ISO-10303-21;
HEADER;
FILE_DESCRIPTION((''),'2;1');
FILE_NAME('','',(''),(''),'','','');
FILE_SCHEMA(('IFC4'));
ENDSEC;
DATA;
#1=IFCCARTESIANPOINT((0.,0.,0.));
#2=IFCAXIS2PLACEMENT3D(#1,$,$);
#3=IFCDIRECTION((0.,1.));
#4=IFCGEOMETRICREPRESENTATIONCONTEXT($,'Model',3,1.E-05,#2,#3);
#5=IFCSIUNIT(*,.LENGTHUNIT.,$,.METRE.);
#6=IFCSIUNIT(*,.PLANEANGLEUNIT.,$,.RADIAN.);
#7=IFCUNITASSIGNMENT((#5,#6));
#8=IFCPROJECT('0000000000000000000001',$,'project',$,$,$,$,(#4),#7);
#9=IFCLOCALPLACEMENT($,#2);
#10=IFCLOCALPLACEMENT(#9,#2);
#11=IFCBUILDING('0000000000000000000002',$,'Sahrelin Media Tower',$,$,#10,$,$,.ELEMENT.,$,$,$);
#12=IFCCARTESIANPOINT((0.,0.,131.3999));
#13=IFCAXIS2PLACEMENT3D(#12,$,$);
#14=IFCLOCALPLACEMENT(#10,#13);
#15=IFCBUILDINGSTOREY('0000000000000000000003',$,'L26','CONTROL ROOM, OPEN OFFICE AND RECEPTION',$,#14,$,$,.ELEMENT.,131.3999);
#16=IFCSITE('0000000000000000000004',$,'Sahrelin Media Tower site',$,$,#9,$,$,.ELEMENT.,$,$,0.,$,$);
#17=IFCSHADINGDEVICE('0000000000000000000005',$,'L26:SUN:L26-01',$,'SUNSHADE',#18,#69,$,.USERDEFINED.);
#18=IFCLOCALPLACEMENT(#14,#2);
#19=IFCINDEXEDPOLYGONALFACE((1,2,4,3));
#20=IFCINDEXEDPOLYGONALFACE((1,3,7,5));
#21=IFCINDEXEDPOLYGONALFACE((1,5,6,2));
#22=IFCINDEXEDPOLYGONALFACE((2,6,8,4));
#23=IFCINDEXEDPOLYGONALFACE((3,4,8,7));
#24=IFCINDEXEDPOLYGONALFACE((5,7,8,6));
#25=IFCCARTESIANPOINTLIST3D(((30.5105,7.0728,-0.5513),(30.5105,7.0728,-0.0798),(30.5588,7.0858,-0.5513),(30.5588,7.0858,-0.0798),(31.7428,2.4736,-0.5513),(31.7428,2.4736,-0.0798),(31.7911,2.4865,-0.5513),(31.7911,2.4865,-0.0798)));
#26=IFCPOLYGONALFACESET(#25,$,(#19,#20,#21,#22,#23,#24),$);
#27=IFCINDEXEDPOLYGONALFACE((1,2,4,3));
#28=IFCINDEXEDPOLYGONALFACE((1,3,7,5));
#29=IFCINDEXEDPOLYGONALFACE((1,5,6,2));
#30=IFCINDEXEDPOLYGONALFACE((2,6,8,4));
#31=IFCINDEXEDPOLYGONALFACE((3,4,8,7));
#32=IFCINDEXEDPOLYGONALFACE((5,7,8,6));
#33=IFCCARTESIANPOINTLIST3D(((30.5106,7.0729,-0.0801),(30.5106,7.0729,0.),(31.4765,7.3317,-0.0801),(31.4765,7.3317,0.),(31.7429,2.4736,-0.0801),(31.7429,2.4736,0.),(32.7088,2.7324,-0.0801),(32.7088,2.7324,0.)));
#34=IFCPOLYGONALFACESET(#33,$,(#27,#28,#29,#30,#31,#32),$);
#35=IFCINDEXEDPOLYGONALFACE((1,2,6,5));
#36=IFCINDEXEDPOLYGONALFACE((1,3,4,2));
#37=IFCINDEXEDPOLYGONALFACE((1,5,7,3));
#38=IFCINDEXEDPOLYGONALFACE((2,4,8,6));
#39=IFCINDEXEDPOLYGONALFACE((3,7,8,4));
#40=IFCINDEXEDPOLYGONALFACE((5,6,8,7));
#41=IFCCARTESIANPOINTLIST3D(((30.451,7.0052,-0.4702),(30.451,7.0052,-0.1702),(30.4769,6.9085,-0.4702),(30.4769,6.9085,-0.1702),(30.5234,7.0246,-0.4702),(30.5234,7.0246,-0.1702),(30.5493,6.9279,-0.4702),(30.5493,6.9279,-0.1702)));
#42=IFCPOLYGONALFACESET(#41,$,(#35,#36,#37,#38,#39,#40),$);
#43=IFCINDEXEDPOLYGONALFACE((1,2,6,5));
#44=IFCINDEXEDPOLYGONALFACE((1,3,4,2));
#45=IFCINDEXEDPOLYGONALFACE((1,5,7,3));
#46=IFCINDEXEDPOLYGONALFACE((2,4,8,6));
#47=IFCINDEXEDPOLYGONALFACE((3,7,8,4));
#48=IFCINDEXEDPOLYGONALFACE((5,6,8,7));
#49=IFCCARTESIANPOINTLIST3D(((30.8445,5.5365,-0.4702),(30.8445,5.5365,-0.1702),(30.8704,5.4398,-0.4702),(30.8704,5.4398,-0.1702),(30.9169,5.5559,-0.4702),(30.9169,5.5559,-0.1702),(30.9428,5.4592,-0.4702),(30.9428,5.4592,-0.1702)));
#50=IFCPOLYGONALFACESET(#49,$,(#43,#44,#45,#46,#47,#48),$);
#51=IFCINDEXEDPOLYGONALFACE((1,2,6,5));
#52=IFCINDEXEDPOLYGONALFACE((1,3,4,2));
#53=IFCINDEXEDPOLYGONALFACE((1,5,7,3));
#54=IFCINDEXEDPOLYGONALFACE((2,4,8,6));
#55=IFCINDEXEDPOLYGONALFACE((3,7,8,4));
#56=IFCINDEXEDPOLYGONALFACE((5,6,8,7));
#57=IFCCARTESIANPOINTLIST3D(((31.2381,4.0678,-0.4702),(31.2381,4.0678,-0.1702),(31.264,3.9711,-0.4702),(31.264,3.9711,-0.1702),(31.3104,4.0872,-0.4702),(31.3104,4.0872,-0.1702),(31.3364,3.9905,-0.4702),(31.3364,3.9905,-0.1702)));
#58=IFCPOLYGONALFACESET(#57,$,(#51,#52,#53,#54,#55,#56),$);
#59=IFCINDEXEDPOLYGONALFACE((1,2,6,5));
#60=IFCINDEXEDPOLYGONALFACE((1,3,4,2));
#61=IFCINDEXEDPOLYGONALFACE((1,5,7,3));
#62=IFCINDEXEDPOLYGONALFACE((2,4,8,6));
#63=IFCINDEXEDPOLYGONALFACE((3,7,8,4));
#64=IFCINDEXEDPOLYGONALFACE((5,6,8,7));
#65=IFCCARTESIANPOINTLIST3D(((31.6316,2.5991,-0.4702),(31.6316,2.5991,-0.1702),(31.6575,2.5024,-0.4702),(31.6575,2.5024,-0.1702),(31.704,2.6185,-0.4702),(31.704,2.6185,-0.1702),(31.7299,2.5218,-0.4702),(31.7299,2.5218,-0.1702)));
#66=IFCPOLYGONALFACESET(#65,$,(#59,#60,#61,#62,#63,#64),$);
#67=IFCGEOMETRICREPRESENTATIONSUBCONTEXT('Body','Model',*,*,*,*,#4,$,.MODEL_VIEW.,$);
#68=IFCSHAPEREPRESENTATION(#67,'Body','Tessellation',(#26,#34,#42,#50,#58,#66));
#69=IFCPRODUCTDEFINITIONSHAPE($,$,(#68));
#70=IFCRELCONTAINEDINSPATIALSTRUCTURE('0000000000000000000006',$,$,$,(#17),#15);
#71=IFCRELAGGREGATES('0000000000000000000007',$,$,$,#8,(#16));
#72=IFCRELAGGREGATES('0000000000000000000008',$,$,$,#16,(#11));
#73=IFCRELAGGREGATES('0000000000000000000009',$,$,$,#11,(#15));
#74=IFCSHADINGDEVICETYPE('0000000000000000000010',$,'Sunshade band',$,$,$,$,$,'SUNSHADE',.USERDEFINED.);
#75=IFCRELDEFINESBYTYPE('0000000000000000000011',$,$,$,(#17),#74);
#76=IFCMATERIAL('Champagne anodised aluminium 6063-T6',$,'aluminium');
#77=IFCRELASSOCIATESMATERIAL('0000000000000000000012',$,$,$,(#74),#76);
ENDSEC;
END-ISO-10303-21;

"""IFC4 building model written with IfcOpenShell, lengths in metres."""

from ifc_helpers import new_model, si_unit, direction, frame, origin, origin_2d, place, context, subcontext, project, spatial, rectangle, extrude, material, type_object, element, save


model = new_model("IFC4")

# Units and contexts
model_context = context("Model", 3, precision=1e-05, world=origin(), true_north=direction((0.0, 1.0)))
body_context = subcontext(model_context, "Body", "Model", "MODEL_VIEW")
ifc_project = project(units=[si_unit("LENGTHUNIT", "METRE"), si_unit("PLANEANGLEUNIT", "RADIAN")], contexts=[model_context])

# Site, building, storey
site_placement = place(None, origin())
site = spatial("IfcSite", under=ifc_project, at=site_placement, Name="Sahrelin Media Tower site", CompositionType="ELEMENT", RefElevation=0.0)
building_placement = place(site_placement, origin())
building = spatial("IfcBuilding", under=site, at=building_placement, Name="Sahrelin Media Tower", CompositionType="ELEMENT")
storey_placement = place(building_placement, frame((0.0, 0.0, 131.3999)))
storey = spatial("IfcBuildingStorey", under=building, at=storey_placement, Name="L26", Description="CONTROL ROOM, OPEN OFFICE AND RECEPTION", CompositionType="ELEMENT", Elevation=131.3999)

# Shared definitions
ifc_material_1 = material(Name="Champagne anodised aluminium 6063-T6", Category="aluminium")

# Shading device
placement_1 = place(storey_placement, frame((31.1074, 4.7681, 0.0), z_axis=(0.0, 0.0, 1.0), x_axis=(0.258808, -0.965929, 0.0)))
shading_device_type_1 = type_object("IfcShadingDeviceType", Name="Sunshade band", ElementType="SUNSHADE", PredefinedType="USERDEFINED", material=ifc_material_1)
element("IfcShadingDevice", 1, at=placement_1, inside=storey, type_object=shading_device_type_1, Name="L26:SUN:L26-01", ObjectType="SUNSHADE", PredefinedType="USERDEFINED", context=body_context, shape_type="SweptSolid", body=[
    extrude(rectangle(XDim=4.7615, YDim=0.05, at=origin_2d()), frame((0.0, 0.0449, -0.5513)), (0.0, 0.0, 1.0), 0.4714),
    extrude(rectangle(XDim=4.7615, YDim=1.0, at=origin_2d()), frame((0.0, 0.52, -0.0801)), (0.0, 0.0, 1.0), 0.0801),
    extrude(rectangle(XDim=0.1001, YDim=0.075, at=origin_2d()), frame((-2.2808, -0.0176, -0.4702)), (0.0, 0.0, 1.0), 0.3),
    extrude(rectangle(XDim=0.1001, YDim=0.075, at=origin_2d()), frame((-0.7603, -0.0176, -0.4702)), (0.0, 0.0, 1.0), 0.3),
    extrude(rectangle(XDim=0.1001, YDim=0.075, at=origin_2d()), frame((0.7603, -0.0176, -0.4702)), (0.0, 0.0, 1.0), 0.3),
    extrude(rectangle(XDim=0.1001, YDim=0.075, at=origin_2d()), frame((2.2808, -0.0176, -0.4702)), (0.0, 0.0, 1.0), 0.3),
])

save(model, "model.ifc")
